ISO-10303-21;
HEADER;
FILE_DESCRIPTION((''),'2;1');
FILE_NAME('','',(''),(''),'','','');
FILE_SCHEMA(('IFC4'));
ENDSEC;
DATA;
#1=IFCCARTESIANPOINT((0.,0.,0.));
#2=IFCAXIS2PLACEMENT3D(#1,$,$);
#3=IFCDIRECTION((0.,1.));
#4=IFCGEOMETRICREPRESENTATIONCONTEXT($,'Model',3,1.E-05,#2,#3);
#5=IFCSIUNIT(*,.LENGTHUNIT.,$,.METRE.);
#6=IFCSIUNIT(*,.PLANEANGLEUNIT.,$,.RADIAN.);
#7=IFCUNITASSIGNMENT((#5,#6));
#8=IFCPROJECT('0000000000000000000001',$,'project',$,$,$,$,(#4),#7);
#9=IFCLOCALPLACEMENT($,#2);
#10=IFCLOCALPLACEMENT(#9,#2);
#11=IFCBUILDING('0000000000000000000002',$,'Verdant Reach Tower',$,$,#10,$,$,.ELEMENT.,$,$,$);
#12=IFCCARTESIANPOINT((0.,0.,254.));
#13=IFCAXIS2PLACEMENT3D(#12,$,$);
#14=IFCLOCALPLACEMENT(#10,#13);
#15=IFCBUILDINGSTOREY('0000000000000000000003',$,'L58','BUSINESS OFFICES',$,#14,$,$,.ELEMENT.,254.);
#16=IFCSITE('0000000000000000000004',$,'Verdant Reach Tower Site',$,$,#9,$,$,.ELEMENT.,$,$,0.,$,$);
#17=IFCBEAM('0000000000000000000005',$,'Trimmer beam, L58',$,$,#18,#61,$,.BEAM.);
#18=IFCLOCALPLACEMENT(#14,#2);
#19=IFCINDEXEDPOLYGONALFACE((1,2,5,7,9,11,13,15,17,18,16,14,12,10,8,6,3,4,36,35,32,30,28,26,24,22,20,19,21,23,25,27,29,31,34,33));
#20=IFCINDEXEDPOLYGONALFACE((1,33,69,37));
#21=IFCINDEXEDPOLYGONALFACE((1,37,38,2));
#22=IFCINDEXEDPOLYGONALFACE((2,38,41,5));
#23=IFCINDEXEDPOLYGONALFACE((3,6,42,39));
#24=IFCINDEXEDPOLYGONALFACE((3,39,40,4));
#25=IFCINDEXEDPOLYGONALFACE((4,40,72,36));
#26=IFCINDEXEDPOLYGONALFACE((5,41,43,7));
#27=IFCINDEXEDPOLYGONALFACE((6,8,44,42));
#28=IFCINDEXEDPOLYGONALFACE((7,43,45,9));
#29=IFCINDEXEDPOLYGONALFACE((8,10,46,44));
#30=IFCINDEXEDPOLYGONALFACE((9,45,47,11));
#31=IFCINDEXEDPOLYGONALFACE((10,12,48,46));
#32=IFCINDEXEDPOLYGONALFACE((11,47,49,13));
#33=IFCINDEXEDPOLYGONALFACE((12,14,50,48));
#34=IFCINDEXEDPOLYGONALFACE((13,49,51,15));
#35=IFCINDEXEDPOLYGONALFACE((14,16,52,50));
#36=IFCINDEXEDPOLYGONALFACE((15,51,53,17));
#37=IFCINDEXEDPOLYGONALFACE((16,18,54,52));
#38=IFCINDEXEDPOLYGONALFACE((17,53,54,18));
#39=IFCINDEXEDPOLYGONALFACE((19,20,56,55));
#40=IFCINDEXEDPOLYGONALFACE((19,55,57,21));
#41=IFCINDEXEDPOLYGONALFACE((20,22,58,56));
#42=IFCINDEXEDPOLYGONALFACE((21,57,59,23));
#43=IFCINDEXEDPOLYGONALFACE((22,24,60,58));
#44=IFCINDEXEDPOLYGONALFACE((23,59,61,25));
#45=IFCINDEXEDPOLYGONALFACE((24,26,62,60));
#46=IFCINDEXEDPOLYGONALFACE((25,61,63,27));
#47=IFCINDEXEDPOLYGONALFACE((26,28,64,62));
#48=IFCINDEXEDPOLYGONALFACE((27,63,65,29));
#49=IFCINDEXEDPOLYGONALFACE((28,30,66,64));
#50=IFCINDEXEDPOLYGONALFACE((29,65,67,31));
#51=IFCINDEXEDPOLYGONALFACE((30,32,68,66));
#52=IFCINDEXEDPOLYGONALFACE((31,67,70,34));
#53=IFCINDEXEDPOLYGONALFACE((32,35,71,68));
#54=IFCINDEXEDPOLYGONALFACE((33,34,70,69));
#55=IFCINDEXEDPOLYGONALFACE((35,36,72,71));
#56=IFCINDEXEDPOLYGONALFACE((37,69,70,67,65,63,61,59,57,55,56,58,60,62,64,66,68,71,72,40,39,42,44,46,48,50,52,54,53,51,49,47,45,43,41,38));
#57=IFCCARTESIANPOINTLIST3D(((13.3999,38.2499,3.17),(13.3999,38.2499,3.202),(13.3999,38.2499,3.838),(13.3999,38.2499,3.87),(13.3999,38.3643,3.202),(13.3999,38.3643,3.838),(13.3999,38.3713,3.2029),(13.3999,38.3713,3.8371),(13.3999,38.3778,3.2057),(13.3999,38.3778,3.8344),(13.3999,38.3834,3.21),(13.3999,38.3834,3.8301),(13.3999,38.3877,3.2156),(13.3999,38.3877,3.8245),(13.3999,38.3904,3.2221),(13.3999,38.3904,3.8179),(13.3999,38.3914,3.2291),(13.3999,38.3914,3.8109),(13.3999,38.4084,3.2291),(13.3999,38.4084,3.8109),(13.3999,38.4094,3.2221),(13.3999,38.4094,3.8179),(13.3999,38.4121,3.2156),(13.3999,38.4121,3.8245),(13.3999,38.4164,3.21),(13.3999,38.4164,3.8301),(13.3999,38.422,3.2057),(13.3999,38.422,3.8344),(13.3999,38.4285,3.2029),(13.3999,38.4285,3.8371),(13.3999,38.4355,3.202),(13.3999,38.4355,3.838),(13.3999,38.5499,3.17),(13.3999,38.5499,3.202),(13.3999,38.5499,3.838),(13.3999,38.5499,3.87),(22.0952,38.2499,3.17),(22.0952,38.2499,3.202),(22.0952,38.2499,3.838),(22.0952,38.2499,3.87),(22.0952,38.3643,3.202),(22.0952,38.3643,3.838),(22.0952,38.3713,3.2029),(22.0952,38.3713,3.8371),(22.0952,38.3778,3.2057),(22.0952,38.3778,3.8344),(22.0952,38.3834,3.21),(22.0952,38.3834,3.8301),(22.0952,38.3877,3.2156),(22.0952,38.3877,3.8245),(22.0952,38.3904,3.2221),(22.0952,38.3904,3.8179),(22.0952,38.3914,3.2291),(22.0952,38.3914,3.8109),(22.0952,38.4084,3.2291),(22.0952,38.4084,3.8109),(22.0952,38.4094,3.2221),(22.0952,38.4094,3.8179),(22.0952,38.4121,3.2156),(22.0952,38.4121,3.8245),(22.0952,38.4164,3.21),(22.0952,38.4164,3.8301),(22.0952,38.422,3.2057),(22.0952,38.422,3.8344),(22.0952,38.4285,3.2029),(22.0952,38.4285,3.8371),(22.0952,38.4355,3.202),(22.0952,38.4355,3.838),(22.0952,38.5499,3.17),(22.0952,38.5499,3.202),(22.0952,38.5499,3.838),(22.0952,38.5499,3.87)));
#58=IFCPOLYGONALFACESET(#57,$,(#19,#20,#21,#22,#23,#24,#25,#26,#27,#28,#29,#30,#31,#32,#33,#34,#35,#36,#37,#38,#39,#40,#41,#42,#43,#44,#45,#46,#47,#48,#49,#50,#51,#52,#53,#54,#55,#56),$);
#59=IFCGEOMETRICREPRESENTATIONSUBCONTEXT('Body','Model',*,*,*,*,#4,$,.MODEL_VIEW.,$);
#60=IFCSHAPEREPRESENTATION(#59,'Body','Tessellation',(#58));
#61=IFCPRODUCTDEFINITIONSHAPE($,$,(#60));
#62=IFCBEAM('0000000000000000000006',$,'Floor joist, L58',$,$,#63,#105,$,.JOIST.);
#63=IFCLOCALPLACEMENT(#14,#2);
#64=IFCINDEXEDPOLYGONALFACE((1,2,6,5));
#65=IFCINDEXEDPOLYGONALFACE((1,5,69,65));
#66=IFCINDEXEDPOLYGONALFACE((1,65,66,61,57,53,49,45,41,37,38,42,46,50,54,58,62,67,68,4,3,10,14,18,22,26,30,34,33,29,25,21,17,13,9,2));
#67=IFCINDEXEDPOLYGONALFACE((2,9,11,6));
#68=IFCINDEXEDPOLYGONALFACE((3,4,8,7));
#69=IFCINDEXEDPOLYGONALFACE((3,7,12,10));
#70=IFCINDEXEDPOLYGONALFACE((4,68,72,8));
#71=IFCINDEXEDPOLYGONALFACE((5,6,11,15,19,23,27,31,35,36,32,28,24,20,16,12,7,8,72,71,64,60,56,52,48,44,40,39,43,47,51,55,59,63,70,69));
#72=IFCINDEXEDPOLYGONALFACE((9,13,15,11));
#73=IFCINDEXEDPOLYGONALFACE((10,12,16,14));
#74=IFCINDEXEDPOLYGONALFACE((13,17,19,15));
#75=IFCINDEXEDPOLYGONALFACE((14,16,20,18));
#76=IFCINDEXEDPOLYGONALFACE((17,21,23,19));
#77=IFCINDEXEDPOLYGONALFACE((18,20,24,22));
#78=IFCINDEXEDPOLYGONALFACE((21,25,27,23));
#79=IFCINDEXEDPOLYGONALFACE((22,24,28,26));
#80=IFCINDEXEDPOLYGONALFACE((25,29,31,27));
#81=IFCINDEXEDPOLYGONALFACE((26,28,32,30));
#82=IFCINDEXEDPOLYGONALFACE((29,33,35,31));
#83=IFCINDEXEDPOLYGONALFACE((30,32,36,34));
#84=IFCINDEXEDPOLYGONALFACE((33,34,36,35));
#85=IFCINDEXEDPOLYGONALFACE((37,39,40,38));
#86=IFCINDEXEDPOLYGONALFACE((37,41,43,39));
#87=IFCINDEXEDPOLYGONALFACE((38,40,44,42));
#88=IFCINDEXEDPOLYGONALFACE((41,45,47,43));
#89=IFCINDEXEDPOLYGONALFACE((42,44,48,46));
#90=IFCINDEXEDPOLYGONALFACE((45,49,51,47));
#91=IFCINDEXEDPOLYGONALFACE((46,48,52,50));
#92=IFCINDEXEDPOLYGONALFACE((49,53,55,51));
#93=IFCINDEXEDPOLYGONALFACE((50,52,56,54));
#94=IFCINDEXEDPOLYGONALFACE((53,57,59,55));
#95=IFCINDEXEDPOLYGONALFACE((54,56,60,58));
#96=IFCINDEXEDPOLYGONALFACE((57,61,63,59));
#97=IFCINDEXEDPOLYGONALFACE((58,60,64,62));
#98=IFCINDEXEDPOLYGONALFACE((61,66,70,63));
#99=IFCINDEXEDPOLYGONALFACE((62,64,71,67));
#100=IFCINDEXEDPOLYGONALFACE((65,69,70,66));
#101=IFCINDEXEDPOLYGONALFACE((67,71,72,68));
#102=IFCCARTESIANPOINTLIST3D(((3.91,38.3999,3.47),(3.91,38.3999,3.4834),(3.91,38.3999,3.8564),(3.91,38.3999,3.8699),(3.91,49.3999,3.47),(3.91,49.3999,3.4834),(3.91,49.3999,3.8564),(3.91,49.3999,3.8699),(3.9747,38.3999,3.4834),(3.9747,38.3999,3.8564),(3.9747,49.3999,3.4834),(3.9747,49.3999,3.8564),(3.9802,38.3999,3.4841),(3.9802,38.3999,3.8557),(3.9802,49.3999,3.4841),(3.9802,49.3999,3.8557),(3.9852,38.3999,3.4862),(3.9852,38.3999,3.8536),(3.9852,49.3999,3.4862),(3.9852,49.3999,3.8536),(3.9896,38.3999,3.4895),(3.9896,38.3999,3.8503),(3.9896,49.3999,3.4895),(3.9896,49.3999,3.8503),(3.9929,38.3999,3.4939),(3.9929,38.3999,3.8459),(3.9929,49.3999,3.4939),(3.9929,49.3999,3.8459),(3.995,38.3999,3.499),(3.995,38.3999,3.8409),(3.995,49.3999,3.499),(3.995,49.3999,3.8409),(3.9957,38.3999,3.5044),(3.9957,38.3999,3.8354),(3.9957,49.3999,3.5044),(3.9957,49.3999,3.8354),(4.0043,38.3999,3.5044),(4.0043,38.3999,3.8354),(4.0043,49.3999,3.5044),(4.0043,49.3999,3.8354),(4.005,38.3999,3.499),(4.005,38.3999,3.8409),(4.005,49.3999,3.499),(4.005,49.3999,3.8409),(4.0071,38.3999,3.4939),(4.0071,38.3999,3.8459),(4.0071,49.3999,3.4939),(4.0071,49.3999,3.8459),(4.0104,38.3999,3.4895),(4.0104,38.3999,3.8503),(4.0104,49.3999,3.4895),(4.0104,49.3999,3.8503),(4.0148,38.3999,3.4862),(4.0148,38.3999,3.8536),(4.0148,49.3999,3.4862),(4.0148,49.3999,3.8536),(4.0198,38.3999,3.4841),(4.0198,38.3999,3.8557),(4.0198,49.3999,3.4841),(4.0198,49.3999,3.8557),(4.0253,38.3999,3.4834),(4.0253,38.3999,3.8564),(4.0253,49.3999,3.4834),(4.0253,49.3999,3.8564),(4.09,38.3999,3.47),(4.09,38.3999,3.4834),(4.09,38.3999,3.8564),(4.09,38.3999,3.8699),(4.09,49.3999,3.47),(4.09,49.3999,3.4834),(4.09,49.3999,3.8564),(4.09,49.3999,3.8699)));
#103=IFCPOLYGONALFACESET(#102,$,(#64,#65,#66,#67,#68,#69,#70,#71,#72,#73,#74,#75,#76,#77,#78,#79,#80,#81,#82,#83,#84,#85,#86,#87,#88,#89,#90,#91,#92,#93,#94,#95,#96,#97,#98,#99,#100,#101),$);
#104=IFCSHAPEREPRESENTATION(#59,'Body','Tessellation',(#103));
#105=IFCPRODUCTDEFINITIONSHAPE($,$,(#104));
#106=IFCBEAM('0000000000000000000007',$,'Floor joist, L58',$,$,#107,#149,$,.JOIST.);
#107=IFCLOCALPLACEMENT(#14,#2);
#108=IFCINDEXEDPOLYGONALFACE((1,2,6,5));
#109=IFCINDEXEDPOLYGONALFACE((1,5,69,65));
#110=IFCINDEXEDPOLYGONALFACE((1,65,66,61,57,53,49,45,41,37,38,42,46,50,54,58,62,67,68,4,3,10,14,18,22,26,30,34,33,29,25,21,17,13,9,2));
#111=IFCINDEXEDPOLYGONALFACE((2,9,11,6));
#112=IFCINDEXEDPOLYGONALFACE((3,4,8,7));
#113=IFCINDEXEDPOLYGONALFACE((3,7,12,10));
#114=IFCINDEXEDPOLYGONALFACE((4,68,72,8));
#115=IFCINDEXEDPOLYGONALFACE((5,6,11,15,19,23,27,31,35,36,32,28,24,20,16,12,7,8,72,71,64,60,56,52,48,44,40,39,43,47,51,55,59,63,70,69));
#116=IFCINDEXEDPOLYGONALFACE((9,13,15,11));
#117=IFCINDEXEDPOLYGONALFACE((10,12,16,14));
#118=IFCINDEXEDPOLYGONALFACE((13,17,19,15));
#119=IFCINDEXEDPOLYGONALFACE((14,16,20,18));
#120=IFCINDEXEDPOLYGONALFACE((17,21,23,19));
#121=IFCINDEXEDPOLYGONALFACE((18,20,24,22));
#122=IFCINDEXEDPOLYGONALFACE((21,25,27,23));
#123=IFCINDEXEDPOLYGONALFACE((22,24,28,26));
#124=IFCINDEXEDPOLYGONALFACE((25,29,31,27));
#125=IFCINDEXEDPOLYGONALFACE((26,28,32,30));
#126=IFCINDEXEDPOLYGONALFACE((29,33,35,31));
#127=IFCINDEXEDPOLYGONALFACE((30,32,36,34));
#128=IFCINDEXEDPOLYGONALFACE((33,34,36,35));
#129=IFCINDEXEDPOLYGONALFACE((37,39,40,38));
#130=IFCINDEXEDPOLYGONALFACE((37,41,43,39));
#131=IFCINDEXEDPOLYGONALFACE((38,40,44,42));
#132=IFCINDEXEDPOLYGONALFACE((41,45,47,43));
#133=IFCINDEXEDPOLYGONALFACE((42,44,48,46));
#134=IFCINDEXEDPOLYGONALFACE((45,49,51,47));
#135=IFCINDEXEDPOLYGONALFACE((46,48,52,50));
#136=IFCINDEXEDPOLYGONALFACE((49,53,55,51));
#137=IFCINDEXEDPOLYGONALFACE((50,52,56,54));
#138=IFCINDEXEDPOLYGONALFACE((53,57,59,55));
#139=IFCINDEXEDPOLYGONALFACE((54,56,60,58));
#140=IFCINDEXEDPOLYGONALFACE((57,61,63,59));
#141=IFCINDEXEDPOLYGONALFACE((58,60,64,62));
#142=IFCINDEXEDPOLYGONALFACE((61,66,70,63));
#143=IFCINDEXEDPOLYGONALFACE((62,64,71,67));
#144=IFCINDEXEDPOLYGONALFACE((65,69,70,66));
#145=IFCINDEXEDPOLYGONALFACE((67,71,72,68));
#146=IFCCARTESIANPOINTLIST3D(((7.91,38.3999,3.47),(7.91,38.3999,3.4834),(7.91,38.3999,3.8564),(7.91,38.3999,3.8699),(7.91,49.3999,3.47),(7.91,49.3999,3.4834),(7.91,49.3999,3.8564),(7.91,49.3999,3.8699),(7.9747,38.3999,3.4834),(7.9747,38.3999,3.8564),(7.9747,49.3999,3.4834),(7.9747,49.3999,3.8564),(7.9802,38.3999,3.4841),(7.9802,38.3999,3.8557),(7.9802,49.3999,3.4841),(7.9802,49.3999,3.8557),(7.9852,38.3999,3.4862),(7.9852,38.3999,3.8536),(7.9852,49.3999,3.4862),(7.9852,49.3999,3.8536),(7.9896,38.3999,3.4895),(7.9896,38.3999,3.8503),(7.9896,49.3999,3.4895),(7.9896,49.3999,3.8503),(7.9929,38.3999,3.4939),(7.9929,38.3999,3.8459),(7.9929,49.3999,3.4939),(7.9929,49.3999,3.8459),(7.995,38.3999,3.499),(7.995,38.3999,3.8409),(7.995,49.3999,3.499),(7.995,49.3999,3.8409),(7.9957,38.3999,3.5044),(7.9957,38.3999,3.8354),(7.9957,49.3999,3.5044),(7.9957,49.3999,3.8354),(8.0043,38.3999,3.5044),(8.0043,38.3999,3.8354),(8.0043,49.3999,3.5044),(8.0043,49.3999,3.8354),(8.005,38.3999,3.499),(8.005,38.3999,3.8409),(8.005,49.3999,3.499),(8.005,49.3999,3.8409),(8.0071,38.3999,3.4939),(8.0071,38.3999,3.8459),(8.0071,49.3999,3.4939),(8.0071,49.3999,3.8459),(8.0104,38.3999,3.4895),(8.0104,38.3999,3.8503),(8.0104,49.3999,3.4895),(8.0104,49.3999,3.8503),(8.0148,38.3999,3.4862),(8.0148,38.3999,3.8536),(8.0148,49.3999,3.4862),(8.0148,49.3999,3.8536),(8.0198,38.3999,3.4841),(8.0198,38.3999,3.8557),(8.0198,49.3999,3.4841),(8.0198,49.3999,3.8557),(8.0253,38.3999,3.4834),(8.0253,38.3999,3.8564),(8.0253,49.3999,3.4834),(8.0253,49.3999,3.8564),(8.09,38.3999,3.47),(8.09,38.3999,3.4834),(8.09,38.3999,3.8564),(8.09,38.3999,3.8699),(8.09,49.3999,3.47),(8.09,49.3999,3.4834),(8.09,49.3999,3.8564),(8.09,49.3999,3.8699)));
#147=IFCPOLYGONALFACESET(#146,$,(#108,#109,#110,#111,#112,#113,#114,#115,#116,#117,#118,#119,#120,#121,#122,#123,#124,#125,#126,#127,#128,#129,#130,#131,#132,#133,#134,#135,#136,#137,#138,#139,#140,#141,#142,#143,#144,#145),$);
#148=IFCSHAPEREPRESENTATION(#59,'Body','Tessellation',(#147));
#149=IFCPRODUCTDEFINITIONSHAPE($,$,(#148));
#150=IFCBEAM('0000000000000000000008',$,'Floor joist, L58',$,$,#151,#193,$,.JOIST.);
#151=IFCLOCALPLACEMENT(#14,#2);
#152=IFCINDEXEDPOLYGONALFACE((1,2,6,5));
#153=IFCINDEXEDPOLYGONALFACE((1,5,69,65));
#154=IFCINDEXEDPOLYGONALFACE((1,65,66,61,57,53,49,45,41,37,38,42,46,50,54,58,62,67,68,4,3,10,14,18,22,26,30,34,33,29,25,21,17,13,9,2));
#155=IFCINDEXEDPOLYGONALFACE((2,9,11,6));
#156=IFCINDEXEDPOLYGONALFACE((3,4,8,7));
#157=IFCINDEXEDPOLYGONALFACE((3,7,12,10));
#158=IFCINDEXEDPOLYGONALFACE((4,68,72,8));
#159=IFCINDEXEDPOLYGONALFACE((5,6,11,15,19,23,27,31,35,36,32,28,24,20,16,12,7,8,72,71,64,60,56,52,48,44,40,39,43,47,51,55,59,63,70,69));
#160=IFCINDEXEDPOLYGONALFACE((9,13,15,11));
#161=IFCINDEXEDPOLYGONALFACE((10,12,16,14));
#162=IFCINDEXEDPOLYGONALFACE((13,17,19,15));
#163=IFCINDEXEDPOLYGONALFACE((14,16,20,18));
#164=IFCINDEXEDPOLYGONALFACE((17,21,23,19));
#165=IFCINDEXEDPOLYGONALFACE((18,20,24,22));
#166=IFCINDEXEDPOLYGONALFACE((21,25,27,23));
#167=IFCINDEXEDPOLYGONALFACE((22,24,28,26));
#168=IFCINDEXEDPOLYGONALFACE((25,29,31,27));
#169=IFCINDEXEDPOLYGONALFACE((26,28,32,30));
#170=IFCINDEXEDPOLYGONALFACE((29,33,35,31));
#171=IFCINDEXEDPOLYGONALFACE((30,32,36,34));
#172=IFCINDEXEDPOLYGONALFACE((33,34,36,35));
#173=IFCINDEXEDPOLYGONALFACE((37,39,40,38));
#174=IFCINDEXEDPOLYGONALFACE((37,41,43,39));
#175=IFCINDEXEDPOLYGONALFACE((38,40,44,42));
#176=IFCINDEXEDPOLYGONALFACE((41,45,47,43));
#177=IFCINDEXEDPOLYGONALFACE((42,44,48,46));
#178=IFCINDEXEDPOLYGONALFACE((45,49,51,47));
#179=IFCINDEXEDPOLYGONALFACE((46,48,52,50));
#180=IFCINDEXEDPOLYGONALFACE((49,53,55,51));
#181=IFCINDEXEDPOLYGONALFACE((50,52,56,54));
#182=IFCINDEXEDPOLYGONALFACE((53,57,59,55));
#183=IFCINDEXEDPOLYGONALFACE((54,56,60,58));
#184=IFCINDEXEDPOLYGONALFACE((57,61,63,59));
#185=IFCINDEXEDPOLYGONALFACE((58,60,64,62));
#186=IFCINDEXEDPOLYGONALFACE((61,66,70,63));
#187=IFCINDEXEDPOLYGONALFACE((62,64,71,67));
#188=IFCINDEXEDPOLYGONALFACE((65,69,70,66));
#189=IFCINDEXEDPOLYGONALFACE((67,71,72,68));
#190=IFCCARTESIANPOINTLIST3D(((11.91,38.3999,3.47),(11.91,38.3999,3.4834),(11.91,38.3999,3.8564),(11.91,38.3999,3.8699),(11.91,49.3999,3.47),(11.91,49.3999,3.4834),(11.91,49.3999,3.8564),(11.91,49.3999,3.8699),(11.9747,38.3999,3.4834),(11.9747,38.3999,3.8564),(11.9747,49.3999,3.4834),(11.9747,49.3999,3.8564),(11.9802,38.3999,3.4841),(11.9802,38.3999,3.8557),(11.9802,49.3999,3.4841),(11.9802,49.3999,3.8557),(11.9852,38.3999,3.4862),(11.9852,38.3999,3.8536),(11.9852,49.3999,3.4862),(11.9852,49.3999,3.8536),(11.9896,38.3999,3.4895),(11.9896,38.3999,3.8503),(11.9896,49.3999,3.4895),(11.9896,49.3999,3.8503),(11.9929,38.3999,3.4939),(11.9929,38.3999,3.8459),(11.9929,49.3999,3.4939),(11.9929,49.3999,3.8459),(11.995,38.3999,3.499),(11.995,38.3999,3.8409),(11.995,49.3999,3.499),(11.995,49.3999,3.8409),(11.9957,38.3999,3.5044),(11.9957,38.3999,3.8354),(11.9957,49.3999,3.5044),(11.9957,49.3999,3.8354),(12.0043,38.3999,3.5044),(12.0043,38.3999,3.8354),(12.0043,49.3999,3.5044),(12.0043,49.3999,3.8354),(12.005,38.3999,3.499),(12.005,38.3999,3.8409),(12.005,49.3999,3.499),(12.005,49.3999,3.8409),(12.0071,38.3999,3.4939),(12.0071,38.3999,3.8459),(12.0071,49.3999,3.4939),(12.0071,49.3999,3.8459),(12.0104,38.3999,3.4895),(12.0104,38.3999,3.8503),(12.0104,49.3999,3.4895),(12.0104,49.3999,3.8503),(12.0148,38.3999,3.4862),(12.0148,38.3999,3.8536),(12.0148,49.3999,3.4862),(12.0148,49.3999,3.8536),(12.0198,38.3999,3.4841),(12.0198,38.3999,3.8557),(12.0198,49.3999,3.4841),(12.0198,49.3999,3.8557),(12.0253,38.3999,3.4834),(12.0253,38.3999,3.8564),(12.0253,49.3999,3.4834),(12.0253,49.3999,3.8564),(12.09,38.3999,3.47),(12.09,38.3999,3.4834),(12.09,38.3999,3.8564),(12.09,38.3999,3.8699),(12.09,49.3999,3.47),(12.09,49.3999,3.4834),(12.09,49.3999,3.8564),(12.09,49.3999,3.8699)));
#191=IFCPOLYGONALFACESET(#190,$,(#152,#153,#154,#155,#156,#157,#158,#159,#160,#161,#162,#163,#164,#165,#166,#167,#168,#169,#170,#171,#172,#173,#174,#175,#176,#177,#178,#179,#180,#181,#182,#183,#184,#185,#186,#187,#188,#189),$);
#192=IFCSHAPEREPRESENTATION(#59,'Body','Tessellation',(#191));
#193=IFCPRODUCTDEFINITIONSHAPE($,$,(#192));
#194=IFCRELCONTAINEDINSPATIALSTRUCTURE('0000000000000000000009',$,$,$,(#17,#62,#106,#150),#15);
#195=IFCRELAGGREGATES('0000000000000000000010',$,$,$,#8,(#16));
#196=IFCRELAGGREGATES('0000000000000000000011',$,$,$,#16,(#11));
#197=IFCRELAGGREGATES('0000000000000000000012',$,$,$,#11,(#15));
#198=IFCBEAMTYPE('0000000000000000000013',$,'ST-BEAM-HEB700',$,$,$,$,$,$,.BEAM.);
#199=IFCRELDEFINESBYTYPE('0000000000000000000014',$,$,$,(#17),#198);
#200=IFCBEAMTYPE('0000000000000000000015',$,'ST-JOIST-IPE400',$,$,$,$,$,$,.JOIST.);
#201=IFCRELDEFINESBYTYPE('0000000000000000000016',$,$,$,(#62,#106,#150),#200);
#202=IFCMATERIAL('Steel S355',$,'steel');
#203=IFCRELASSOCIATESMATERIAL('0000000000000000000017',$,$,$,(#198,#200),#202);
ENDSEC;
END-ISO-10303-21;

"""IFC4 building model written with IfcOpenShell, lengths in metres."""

from ifc_helpers import new_model, si_unit, direction, frame, origin, origin_2d, place, context, subcontext, project, spatial, i_section, extrude, material, material_profile, profile_set, type_object, element, save


model = new_model("IFC4")

# Units and contexts
model_context = context("Model", 3, precision=1e-05, world=origin(), true_north=direction((0.0, 1.0)))
body_context = subcontext(model_context, "Body", "Model", "MODEL_VIEW")
ifc_project = project(units=[si_unit("LENGTHUNIT", "METRE"), si_unit("PLANEANGLEUNIT", "RADIAN")], contexts=[model_context])

# Site, building, storey
site_placement = place(None, origin())
site = spatial("IfcSite", under=ifc_project, at=site_placement, Name="Verdant Reach Tower Site", CompositionType="ELEMENT", RefElevation=0.0)
building_placement = place(site_placement, origin())
building = spatial("IfcBuilding", under=site, at=building_placement, Name="Verdant Reach Tower", CompositionType="ELEMENT")
storey_placement = place(building_placement, frame((0.0, 0.0, 254.0)))
storey = spatial("IfcBuildingStorey", under=building, at=storey_placement, Name="L58", Description="BUSINESS OFFICES", CompositionType="ELEMENT", Elevation=254.0)

# Beams
ifc_material_1 = material(Name="Steel S355", Category="steel")
ifc_material_profile_1 = material_profile(ifc_material_1, i_section(OverallWidth=0.3, OverallDepth=0.7, WebThickness=0.0171, FlangeThickness=0.032, FilletRadius=0.0271, at=origin_2d()), Name="HEB 700")
ifc_profile_set_1 = profile_set([ifc_material_profile_1], Name="Steel S355")
beam_type_1 = type_object("IfcBeamType", Name="ST-BEAM-HEB700", PredefinedType="BEAM", material=ifc_profile_set_1)
beam_1_placement = place(storey_placement, frame((13.3999, 38.3999, 3.52), z_axis=(1.0, 0.0, 0.0), x_axis=(0.0, 1.0, 0.0)))
element("IfcBeam", 1, at=beam_1_placement, inside=storey, type_object=beam_type_1, Name="Trimmer beam, L58", PredefinedType="BEAM", context=body_context, shape_type="SweptSolid", body=[
    extrude(i_section(OverallWidth=0.3, OverallDepth=0.7, WebThickness=0.0171, FlangeThickness=0.032, FilletRadius=0.0271, at=origin_2d()), origin(), (0.0, 0.0, 1.0), 8.6953),
])
ifc_material_profile_2 = material_profile(ifc_material_1, i_section(OverallWidth=0.1799, OverallDepth=0.3999, WebThickness=0.0085, FlangeThickness=0.0134, FilletRadius=0.021, at=origin_2d()), Name="IPE 400")
ifc_profile_set_2 = profile_set([ifc_material_profile_2], Name="Steel S355")
beam_type_2 = type_object("IfcBeamType", Name="ST-JOIST-IPE400", PredefinedType="JOIST", material=ifc_profile_set_2)
for number, where, z_axis, x_axis, name in (
    (2, (4.0, 38.3999, 3.6699), (0.0, 1.0, 0.0), (-1.0, 0.0, 0.0), "Floor joist, L58"),
    (3, (8.0, 38.3999, 3.6699), (0.0, 1.0, 0.0), (-1.0, 0.0, 0.0), "Floor joist, L58"),
    (4, (12.0, 38.3999, 3.6699), (0.0, 1.0, 0.0), (-1.0, 0.0, 0.0), "Floor joist, L58"),
):
    element("IfcBeam", number, at=place(storey_placement, frame(where, z_axis=z_axis, x_axis=x_axis)), inside=storey, type_object=beam_type_2, Name=name, PredefinedType="JOIST", context=body_context, shape_type="SweptSolid", body=[
        extrude(i_section(OverallWidth=0.1799, OverallDepth=0.3999, WebThickness=0.0085, FlangeThickness=0.0134, FilletRadius=0.021, at=origin_2d()), origin(), (0.0, 0.0, 1.0), 11.0),
    ])

save(model, "model.ifc")
